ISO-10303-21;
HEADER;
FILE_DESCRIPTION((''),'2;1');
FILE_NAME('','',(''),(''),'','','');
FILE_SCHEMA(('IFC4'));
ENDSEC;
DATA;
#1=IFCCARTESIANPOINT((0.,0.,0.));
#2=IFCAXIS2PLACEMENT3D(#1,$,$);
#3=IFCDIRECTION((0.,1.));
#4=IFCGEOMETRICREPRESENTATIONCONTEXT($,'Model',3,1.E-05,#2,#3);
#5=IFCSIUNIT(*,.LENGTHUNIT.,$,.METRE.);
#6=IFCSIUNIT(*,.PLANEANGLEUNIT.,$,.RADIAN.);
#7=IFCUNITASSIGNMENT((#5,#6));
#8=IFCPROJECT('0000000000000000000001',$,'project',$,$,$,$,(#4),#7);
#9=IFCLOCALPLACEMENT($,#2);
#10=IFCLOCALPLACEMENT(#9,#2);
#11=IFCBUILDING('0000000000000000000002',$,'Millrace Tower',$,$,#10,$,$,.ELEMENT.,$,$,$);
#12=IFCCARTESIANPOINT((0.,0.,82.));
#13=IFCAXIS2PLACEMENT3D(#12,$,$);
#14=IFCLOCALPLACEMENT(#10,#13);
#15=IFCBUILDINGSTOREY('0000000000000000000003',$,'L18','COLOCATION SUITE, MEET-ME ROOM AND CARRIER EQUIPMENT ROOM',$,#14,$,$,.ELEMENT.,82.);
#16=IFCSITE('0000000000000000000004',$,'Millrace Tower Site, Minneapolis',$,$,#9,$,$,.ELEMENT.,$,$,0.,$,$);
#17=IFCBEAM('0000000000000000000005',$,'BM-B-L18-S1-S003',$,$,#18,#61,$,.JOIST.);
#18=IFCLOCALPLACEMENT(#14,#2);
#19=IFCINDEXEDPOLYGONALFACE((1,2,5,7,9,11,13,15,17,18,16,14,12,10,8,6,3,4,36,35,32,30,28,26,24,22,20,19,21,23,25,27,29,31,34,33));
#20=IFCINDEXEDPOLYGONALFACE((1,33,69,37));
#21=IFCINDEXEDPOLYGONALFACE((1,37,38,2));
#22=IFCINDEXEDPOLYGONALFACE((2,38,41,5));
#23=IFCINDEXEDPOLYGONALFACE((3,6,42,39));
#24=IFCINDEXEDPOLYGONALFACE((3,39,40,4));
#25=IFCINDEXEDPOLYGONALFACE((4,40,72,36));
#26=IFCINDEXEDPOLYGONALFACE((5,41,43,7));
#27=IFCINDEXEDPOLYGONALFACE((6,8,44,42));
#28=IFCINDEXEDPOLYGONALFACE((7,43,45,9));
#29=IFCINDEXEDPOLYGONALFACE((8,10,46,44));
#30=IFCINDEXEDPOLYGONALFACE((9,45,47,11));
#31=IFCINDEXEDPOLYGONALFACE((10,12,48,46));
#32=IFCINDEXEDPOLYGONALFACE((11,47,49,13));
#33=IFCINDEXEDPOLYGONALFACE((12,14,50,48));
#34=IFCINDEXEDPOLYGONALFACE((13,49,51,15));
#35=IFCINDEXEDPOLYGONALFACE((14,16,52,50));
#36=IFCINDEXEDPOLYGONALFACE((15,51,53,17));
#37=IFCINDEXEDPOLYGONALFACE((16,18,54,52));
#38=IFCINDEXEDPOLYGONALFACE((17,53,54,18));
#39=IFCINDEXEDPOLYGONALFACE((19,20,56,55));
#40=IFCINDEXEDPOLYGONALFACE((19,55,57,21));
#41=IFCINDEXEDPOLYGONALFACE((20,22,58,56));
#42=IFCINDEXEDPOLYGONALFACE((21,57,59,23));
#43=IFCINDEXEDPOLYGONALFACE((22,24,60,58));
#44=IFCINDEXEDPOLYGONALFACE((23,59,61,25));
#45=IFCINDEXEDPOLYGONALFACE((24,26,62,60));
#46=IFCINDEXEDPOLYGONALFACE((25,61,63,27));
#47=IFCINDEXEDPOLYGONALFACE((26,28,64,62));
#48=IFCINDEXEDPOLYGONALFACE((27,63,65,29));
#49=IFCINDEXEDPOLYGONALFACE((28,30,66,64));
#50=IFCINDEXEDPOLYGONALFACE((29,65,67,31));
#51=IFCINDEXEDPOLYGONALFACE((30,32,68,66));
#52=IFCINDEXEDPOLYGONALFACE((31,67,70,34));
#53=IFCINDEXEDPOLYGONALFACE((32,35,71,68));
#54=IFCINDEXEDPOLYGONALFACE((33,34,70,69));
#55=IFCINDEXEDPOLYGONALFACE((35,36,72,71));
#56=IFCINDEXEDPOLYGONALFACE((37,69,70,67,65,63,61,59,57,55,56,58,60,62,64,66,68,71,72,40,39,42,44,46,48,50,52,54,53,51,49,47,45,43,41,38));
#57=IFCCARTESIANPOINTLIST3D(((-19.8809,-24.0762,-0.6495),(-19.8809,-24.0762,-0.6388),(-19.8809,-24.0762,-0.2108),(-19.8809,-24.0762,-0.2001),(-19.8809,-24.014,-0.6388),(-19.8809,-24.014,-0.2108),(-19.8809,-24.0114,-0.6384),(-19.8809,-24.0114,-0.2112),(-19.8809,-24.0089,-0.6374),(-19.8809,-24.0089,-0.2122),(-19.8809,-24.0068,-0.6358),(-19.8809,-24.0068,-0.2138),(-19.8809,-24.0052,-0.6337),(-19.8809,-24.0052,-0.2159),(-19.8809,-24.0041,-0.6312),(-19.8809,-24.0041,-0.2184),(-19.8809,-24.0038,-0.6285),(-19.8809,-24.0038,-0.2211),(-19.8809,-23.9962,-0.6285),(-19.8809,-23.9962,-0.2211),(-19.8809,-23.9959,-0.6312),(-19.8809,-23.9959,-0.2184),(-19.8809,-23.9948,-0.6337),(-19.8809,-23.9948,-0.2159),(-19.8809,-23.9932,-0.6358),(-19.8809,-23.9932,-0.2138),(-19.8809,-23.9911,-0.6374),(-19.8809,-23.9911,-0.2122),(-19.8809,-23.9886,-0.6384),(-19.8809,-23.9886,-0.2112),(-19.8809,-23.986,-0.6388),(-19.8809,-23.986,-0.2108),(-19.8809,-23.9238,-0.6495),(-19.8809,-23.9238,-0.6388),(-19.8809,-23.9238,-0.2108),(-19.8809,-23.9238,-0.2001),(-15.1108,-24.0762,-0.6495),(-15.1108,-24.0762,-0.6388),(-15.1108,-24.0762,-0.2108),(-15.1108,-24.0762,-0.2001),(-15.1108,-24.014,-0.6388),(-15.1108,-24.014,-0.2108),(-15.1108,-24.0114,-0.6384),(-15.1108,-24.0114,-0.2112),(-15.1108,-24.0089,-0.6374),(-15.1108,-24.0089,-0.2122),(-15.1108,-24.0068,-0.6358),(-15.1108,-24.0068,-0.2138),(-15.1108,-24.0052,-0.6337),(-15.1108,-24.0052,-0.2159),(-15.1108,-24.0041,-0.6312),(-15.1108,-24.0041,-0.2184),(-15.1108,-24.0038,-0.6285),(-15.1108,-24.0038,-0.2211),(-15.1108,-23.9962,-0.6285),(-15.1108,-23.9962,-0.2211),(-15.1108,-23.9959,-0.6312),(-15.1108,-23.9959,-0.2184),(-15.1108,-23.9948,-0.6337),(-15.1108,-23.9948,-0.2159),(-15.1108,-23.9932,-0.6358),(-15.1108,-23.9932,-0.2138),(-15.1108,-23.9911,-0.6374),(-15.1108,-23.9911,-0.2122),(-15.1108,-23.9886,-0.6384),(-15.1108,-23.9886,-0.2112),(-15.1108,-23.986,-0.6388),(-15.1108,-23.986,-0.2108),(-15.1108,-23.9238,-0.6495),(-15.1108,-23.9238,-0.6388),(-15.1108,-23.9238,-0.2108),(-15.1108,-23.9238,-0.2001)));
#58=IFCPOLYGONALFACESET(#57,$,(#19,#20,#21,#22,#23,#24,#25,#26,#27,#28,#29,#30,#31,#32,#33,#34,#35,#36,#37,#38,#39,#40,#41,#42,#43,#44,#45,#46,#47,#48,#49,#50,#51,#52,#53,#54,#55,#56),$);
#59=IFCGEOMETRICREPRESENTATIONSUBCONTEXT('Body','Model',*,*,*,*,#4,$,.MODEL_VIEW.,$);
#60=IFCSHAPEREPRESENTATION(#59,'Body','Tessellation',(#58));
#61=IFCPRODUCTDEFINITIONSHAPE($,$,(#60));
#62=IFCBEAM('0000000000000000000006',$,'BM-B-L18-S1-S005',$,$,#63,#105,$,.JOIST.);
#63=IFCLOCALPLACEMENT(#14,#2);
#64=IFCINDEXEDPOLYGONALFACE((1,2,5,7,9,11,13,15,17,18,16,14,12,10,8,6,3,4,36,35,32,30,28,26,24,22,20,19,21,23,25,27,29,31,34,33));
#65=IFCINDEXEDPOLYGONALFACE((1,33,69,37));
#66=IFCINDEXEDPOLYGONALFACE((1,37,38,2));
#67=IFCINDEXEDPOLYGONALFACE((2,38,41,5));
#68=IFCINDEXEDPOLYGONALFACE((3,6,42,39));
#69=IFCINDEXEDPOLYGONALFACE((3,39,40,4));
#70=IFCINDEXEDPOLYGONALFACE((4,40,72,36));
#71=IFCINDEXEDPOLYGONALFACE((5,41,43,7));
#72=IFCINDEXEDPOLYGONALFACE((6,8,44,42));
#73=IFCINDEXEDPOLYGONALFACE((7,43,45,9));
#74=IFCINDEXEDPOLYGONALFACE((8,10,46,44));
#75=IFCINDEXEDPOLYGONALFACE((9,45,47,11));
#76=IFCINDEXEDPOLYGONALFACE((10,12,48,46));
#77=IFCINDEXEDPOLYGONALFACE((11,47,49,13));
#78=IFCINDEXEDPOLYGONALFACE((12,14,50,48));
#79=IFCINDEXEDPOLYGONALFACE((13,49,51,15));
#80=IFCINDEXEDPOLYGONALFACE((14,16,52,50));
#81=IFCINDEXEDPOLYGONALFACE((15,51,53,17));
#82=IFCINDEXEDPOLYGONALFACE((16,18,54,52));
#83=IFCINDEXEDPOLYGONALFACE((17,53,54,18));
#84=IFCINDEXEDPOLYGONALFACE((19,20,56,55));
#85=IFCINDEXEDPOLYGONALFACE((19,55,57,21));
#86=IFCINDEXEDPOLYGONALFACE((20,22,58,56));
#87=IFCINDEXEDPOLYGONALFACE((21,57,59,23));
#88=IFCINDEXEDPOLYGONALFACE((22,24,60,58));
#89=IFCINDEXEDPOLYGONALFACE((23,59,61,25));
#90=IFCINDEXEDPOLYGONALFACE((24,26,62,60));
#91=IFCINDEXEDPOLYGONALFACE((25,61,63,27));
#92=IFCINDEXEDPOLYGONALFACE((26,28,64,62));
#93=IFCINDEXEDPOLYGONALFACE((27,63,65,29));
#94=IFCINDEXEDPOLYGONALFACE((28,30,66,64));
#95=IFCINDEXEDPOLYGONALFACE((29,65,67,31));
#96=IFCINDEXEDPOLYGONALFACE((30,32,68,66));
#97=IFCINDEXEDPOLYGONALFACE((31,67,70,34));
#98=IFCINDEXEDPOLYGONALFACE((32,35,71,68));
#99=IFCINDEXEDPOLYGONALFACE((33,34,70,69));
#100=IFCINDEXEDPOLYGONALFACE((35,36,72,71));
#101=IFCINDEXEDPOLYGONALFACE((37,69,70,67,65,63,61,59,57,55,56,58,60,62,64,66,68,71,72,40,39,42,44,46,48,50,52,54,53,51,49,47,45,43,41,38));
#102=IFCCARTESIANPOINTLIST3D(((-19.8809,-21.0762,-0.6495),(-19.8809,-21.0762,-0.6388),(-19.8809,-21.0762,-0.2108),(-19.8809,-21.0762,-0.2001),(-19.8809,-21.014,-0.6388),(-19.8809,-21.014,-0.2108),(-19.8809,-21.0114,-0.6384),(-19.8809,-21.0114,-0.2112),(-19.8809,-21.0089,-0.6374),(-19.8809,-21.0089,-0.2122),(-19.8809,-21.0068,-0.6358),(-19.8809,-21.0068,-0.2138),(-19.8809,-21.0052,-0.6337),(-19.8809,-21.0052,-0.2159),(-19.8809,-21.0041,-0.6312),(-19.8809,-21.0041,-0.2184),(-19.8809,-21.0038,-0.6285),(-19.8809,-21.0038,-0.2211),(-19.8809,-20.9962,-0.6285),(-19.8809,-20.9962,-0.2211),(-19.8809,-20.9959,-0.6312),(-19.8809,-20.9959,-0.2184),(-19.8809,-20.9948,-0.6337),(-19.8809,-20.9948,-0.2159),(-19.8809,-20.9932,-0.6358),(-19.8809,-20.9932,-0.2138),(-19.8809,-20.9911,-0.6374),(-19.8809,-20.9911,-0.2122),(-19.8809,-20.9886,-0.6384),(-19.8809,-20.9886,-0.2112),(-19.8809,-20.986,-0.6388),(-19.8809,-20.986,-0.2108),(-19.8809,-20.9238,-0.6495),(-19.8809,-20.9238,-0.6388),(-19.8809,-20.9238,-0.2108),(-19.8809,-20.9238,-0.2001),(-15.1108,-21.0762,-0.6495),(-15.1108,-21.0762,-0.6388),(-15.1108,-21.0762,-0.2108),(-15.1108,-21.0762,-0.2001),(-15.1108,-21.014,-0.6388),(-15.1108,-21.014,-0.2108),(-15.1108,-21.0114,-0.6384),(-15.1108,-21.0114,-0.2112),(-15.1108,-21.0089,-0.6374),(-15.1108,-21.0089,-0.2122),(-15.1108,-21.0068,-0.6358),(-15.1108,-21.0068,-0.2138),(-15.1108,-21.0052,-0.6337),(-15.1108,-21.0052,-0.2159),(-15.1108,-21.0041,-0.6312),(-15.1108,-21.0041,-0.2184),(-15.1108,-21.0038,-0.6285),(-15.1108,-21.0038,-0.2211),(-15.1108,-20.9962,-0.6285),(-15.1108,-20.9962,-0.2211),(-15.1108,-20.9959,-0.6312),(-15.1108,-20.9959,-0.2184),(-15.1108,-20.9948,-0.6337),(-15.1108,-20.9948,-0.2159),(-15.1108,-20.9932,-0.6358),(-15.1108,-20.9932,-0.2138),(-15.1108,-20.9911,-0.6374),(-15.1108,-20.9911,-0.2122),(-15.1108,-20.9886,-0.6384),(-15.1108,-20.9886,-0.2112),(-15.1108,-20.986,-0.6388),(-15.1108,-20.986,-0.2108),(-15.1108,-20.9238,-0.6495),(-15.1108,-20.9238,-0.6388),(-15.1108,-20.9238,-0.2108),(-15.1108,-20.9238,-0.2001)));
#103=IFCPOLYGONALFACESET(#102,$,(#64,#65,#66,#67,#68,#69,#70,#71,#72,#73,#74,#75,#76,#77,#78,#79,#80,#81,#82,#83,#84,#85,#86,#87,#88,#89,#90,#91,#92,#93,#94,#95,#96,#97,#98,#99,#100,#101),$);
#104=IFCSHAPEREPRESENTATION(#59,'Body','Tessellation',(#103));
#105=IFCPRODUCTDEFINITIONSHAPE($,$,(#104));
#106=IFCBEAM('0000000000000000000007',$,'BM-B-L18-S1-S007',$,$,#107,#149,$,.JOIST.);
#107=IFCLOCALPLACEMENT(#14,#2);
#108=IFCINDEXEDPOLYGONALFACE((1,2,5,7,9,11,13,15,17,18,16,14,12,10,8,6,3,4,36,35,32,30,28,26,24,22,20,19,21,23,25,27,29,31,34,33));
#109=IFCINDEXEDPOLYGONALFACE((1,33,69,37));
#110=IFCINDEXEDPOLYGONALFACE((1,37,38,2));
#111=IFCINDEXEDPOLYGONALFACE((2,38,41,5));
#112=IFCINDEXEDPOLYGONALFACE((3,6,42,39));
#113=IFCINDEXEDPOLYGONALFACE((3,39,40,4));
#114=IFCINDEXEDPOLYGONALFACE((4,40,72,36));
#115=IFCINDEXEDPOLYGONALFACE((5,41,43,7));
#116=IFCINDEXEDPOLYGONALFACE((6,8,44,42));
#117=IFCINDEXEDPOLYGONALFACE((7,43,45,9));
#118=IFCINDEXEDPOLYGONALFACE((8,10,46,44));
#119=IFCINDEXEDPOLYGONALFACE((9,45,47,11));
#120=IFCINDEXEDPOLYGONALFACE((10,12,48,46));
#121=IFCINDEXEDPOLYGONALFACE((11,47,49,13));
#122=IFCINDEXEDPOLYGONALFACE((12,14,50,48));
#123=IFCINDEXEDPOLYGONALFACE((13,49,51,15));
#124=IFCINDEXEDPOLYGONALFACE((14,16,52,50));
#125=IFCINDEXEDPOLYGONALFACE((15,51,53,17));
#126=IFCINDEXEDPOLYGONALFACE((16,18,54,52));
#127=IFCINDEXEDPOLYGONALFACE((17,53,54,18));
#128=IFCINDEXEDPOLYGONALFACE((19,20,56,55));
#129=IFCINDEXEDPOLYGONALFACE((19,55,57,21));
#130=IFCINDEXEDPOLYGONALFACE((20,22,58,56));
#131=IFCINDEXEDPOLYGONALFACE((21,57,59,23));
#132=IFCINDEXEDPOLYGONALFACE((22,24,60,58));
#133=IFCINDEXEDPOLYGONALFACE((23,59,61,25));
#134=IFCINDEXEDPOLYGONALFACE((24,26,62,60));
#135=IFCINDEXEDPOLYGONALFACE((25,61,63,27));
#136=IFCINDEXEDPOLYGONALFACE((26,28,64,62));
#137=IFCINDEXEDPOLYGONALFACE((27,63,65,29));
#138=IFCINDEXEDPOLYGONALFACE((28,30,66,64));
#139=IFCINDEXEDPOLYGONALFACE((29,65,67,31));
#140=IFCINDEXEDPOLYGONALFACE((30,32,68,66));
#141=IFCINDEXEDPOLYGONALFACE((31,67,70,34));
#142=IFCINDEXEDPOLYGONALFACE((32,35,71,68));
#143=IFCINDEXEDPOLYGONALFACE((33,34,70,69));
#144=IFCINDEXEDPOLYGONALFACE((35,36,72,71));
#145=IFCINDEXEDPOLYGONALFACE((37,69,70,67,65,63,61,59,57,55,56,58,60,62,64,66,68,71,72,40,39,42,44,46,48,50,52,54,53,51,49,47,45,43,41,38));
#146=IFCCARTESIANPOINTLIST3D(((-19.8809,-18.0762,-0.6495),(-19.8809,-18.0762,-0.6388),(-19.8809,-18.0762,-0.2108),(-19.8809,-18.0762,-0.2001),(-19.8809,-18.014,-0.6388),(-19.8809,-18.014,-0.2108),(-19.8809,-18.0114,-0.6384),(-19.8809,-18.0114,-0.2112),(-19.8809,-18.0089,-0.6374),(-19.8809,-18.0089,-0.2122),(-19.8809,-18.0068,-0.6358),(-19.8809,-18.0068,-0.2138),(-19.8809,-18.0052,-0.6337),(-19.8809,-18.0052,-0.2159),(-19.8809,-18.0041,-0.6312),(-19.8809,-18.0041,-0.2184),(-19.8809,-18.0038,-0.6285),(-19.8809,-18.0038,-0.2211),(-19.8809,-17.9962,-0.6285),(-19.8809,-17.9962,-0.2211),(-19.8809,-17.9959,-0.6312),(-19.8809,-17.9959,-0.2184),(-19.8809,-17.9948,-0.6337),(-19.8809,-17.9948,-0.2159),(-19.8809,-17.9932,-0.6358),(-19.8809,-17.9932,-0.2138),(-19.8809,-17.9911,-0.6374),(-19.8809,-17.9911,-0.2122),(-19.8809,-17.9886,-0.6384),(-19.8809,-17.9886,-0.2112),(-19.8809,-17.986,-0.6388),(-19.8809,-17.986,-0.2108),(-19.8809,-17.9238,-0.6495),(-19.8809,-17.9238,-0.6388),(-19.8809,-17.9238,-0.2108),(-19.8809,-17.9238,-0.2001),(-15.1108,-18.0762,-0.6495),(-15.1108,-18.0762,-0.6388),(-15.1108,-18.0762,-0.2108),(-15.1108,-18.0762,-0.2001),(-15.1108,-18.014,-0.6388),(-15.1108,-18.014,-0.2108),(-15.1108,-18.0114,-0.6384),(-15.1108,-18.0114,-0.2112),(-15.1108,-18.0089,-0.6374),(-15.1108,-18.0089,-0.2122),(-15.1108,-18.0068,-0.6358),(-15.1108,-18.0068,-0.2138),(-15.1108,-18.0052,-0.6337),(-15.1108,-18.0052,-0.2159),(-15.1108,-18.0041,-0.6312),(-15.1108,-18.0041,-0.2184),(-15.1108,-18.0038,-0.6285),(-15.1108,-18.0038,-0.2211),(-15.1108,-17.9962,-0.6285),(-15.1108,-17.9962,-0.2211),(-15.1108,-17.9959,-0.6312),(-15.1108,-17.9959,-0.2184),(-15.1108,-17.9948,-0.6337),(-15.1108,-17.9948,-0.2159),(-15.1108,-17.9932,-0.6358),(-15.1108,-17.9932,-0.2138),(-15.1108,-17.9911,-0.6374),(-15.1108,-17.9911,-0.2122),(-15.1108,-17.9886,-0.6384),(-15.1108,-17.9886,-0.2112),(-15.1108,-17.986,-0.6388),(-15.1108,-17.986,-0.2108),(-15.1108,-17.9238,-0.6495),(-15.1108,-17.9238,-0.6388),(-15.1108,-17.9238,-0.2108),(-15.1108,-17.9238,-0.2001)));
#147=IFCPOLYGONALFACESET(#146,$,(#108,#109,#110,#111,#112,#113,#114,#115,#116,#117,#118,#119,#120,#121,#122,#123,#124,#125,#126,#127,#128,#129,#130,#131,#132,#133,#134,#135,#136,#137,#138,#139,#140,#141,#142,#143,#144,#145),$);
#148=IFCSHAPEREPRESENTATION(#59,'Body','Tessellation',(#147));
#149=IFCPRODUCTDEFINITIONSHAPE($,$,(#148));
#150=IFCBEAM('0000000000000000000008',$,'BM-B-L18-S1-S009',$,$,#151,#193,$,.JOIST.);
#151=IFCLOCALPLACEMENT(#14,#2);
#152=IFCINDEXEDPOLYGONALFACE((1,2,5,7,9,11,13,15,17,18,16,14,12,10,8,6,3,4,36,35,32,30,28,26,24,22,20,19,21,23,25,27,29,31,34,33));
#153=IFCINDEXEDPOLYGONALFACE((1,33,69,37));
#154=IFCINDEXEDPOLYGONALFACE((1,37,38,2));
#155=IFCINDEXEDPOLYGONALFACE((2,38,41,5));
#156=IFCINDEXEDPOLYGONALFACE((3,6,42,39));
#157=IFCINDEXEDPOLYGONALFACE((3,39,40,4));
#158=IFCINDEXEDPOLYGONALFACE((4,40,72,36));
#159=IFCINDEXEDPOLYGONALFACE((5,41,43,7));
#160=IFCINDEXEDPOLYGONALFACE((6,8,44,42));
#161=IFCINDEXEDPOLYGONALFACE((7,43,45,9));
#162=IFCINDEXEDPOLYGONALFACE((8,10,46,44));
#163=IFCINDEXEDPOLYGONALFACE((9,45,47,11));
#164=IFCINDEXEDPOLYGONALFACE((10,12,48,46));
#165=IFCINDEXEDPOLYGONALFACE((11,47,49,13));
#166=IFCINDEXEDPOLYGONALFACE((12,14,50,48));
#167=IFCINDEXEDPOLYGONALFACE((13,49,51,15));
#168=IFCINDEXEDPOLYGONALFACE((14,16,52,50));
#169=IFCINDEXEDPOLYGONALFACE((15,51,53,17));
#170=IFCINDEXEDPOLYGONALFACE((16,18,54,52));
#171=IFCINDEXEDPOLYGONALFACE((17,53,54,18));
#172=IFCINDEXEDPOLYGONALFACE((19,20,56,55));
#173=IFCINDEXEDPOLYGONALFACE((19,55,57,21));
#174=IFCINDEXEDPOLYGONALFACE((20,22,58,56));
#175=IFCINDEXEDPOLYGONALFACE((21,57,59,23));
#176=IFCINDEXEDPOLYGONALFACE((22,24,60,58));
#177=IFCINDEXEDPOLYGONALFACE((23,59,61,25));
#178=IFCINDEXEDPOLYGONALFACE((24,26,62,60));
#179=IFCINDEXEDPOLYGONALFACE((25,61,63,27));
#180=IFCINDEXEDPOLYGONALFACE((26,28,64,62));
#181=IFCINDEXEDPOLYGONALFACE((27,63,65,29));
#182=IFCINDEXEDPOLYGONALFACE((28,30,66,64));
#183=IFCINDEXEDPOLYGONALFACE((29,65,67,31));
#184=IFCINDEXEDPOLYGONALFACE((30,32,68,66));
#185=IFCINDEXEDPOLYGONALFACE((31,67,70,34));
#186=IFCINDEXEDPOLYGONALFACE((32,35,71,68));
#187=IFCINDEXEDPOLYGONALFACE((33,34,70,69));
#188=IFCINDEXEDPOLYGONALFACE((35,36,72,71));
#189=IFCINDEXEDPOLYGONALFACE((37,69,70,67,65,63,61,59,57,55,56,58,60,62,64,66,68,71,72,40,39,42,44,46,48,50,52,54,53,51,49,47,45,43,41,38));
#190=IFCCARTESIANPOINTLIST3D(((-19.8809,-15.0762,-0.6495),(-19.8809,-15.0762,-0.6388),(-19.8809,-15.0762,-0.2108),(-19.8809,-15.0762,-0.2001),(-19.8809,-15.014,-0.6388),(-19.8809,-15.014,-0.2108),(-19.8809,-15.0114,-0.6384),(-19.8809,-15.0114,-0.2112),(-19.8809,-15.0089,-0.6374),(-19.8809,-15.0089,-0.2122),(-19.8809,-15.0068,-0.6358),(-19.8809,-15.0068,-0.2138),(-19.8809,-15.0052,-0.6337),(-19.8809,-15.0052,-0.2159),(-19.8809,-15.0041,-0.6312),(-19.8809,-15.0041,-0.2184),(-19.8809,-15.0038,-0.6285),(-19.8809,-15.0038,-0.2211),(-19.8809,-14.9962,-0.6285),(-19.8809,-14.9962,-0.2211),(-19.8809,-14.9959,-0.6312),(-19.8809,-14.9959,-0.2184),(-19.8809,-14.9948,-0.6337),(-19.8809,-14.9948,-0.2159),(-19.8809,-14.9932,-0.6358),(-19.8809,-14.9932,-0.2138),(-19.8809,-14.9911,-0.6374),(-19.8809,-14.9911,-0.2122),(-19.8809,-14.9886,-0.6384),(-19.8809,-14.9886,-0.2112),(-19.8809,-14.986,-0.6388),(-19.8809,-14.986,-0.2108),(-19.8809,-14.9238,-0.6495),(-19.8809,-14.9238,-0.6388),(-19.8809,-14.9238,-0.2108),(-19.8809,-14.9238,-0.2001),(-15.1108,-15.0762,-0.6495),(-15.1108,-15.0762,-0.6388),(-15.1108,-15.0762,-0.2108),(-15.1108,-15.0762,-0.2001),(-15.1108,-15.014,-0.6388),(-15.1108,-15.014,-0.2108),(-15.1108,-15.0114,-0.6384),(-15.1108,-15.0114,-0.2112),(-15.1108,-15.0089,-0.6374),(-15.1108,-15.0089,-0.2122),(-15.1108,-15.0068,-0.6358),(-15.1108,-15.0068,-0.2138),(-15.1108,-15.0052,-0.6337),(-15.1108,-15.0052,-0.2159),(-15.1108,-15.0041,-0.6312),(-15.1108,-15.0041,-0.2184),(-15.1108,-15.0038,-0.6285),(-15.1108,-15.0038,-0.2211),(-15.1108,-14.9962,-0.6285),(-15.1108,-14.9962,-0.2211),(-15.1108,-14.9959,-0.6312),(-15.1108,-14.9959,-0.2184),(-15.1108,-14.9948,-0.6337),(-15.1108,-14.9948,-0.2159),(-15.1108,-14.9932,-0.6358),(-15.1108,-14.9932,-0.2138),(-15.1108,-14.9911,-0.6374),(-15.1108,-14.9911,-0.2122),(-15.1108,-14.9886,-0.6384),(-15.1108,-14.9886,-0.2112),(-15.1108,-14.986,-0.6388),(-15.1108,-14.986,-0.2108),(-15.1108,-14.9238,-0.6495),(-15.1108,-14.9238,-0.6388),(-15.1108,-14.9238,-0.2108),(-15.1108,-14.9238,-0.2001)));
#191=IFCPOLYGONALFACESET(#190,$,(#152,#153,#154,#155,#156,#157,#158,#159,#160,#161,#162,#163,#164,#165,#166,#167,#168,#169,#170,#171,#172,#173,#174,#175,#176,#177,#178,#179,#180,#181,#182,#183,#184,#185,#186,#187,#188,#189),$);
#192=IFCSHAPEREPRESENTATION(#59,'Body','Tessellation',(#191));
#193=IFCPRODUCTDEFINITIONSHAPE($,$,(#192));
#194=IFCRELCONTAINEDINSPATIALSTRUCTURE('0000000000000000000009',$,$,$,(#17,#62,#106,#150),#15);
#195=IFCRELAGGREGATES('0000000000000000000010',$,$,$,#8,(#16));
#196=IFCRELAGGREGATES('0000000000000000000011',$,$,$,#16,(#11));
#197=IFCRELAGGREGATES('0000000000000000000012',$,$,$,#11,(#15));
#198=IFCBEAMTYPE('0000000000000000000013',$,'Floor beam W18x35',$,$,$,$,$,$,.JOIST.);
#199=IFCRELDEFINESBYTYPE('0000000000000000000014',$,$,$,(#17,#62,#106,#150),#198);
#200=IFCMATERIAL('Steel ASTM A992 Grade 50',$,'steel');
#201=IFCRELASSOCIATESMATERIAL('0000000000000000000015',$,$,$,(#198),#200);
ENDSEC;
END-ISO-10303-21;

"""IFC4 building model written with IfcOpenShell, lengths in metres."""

from ifc_helpers import new_model, si_unit, direction, frame, origin, origin_2d, place, context, subcontext, project, spatial, i_section, extrude, material, material_profile, profile_set, type_object, element, save


model = new_model("IFC4")

# Units and contexts
model_context = context("Model", 3, precision=1e-05, world=origin(), true_north=direction((0.0, 1.0)))
body_context = subcontext(model_context, "Body", "Model", "MODEL_VIEW")
ifc_project = project(units=[si_unit("LENGTHUNIT", "METRE"), si_unit("PLANEANGLEUNIT", "RADIAN")], contexts=[model_context])

# Site, building, storey
site_placement = place(None, origin())
site = spatial("IfcSite", under=ifc_project, at=site_placement, Name="Millrace Tower Site, Minneapolis", CompositionType="ELEMENT", RefElevation=0.0)
building_placement = place(site_placement, origin())
building = spatial("IfcBuilding", under=site, at=building_placement, Name="Millrace Tower", CompositionType="ELEMENT")
storey_placement = place(building_placement, frame((0.0, 0.0, 82.0)))
storey = spatial("IfcBuildingStorey", under=building, at=storey_placement, Name="L18", Description="COLOCATION SUITE, MEET-ME ROOM AND CARRIER EQUIPMENT ROOM", CompositionType="ELEMENT", Elevation=82.0)

# Beams
ifc_material_1 = material(Name="Steel ASTM A992 Grade 50", Category="steel")
ifc_material_profile_1 = material_profile(ifc_material_1, i_section(OverallWidth=0.1523, OverallDepth=0.4495, WebThickness=0.0076, FlangeThickness=0.0107, FilletRadius=0.0103, at=origin_2d()))
ifc_profile_set_1 = profile_set([ifc_material_profile_1], Name="Steel ASTM A992 Grade 50")
beam_type_1 = type_object("IfcBeamType", Name="Floor beam W18x35", PredefinedType="JOIST", material=ifc_profile_set_1)
for number, where, z_axis, x_axis, name in (
    (1, (-19.8809, -24.0, -0.4248), (1.0, 0.0, 0.0), (0.0, 1.0, 0.0), "BM-B-L18-S1-S003"),
    (2, (-19.8809, -21.0, -0.4248), (1.0, 0.0, 0.0), (0.0, 1.0, 0.0), "BM-B-L18-S1-S005"),
    (3, (-19.8809, -18.0, -0.4248), (1.0, 0.0, 0.0), (0.0, 1.0, 0.0), "BM-B-L18-S1-S007"),
    (4, (-19.8809, -15.0, -0.4248), (1.0, 0.0, 0.0), (0.0, 1.0, 0.0), "BM-B-L18-S1-S009"),
):
    element("IfcBeam", number, at=place(storey_placement, frame(where, z_axis=z_axis, x_axis=x_axis)), inside=storey, type_object=beam_type_1, Name=name, PredefinedType="JOIST", context=body_context, shape_type="SweptSolid", body=[
        extrude(i_section(OverallWidth=0.1523, OverallDepth=0.4495, WebThickness=0.0076, FlangeThickness=0.0107, FilletRadius=0.0103, at=origin_2d()), origin(), (0.0, 0.0, 1.0), 4.77),
    ])

save(model, "model.ifc")
